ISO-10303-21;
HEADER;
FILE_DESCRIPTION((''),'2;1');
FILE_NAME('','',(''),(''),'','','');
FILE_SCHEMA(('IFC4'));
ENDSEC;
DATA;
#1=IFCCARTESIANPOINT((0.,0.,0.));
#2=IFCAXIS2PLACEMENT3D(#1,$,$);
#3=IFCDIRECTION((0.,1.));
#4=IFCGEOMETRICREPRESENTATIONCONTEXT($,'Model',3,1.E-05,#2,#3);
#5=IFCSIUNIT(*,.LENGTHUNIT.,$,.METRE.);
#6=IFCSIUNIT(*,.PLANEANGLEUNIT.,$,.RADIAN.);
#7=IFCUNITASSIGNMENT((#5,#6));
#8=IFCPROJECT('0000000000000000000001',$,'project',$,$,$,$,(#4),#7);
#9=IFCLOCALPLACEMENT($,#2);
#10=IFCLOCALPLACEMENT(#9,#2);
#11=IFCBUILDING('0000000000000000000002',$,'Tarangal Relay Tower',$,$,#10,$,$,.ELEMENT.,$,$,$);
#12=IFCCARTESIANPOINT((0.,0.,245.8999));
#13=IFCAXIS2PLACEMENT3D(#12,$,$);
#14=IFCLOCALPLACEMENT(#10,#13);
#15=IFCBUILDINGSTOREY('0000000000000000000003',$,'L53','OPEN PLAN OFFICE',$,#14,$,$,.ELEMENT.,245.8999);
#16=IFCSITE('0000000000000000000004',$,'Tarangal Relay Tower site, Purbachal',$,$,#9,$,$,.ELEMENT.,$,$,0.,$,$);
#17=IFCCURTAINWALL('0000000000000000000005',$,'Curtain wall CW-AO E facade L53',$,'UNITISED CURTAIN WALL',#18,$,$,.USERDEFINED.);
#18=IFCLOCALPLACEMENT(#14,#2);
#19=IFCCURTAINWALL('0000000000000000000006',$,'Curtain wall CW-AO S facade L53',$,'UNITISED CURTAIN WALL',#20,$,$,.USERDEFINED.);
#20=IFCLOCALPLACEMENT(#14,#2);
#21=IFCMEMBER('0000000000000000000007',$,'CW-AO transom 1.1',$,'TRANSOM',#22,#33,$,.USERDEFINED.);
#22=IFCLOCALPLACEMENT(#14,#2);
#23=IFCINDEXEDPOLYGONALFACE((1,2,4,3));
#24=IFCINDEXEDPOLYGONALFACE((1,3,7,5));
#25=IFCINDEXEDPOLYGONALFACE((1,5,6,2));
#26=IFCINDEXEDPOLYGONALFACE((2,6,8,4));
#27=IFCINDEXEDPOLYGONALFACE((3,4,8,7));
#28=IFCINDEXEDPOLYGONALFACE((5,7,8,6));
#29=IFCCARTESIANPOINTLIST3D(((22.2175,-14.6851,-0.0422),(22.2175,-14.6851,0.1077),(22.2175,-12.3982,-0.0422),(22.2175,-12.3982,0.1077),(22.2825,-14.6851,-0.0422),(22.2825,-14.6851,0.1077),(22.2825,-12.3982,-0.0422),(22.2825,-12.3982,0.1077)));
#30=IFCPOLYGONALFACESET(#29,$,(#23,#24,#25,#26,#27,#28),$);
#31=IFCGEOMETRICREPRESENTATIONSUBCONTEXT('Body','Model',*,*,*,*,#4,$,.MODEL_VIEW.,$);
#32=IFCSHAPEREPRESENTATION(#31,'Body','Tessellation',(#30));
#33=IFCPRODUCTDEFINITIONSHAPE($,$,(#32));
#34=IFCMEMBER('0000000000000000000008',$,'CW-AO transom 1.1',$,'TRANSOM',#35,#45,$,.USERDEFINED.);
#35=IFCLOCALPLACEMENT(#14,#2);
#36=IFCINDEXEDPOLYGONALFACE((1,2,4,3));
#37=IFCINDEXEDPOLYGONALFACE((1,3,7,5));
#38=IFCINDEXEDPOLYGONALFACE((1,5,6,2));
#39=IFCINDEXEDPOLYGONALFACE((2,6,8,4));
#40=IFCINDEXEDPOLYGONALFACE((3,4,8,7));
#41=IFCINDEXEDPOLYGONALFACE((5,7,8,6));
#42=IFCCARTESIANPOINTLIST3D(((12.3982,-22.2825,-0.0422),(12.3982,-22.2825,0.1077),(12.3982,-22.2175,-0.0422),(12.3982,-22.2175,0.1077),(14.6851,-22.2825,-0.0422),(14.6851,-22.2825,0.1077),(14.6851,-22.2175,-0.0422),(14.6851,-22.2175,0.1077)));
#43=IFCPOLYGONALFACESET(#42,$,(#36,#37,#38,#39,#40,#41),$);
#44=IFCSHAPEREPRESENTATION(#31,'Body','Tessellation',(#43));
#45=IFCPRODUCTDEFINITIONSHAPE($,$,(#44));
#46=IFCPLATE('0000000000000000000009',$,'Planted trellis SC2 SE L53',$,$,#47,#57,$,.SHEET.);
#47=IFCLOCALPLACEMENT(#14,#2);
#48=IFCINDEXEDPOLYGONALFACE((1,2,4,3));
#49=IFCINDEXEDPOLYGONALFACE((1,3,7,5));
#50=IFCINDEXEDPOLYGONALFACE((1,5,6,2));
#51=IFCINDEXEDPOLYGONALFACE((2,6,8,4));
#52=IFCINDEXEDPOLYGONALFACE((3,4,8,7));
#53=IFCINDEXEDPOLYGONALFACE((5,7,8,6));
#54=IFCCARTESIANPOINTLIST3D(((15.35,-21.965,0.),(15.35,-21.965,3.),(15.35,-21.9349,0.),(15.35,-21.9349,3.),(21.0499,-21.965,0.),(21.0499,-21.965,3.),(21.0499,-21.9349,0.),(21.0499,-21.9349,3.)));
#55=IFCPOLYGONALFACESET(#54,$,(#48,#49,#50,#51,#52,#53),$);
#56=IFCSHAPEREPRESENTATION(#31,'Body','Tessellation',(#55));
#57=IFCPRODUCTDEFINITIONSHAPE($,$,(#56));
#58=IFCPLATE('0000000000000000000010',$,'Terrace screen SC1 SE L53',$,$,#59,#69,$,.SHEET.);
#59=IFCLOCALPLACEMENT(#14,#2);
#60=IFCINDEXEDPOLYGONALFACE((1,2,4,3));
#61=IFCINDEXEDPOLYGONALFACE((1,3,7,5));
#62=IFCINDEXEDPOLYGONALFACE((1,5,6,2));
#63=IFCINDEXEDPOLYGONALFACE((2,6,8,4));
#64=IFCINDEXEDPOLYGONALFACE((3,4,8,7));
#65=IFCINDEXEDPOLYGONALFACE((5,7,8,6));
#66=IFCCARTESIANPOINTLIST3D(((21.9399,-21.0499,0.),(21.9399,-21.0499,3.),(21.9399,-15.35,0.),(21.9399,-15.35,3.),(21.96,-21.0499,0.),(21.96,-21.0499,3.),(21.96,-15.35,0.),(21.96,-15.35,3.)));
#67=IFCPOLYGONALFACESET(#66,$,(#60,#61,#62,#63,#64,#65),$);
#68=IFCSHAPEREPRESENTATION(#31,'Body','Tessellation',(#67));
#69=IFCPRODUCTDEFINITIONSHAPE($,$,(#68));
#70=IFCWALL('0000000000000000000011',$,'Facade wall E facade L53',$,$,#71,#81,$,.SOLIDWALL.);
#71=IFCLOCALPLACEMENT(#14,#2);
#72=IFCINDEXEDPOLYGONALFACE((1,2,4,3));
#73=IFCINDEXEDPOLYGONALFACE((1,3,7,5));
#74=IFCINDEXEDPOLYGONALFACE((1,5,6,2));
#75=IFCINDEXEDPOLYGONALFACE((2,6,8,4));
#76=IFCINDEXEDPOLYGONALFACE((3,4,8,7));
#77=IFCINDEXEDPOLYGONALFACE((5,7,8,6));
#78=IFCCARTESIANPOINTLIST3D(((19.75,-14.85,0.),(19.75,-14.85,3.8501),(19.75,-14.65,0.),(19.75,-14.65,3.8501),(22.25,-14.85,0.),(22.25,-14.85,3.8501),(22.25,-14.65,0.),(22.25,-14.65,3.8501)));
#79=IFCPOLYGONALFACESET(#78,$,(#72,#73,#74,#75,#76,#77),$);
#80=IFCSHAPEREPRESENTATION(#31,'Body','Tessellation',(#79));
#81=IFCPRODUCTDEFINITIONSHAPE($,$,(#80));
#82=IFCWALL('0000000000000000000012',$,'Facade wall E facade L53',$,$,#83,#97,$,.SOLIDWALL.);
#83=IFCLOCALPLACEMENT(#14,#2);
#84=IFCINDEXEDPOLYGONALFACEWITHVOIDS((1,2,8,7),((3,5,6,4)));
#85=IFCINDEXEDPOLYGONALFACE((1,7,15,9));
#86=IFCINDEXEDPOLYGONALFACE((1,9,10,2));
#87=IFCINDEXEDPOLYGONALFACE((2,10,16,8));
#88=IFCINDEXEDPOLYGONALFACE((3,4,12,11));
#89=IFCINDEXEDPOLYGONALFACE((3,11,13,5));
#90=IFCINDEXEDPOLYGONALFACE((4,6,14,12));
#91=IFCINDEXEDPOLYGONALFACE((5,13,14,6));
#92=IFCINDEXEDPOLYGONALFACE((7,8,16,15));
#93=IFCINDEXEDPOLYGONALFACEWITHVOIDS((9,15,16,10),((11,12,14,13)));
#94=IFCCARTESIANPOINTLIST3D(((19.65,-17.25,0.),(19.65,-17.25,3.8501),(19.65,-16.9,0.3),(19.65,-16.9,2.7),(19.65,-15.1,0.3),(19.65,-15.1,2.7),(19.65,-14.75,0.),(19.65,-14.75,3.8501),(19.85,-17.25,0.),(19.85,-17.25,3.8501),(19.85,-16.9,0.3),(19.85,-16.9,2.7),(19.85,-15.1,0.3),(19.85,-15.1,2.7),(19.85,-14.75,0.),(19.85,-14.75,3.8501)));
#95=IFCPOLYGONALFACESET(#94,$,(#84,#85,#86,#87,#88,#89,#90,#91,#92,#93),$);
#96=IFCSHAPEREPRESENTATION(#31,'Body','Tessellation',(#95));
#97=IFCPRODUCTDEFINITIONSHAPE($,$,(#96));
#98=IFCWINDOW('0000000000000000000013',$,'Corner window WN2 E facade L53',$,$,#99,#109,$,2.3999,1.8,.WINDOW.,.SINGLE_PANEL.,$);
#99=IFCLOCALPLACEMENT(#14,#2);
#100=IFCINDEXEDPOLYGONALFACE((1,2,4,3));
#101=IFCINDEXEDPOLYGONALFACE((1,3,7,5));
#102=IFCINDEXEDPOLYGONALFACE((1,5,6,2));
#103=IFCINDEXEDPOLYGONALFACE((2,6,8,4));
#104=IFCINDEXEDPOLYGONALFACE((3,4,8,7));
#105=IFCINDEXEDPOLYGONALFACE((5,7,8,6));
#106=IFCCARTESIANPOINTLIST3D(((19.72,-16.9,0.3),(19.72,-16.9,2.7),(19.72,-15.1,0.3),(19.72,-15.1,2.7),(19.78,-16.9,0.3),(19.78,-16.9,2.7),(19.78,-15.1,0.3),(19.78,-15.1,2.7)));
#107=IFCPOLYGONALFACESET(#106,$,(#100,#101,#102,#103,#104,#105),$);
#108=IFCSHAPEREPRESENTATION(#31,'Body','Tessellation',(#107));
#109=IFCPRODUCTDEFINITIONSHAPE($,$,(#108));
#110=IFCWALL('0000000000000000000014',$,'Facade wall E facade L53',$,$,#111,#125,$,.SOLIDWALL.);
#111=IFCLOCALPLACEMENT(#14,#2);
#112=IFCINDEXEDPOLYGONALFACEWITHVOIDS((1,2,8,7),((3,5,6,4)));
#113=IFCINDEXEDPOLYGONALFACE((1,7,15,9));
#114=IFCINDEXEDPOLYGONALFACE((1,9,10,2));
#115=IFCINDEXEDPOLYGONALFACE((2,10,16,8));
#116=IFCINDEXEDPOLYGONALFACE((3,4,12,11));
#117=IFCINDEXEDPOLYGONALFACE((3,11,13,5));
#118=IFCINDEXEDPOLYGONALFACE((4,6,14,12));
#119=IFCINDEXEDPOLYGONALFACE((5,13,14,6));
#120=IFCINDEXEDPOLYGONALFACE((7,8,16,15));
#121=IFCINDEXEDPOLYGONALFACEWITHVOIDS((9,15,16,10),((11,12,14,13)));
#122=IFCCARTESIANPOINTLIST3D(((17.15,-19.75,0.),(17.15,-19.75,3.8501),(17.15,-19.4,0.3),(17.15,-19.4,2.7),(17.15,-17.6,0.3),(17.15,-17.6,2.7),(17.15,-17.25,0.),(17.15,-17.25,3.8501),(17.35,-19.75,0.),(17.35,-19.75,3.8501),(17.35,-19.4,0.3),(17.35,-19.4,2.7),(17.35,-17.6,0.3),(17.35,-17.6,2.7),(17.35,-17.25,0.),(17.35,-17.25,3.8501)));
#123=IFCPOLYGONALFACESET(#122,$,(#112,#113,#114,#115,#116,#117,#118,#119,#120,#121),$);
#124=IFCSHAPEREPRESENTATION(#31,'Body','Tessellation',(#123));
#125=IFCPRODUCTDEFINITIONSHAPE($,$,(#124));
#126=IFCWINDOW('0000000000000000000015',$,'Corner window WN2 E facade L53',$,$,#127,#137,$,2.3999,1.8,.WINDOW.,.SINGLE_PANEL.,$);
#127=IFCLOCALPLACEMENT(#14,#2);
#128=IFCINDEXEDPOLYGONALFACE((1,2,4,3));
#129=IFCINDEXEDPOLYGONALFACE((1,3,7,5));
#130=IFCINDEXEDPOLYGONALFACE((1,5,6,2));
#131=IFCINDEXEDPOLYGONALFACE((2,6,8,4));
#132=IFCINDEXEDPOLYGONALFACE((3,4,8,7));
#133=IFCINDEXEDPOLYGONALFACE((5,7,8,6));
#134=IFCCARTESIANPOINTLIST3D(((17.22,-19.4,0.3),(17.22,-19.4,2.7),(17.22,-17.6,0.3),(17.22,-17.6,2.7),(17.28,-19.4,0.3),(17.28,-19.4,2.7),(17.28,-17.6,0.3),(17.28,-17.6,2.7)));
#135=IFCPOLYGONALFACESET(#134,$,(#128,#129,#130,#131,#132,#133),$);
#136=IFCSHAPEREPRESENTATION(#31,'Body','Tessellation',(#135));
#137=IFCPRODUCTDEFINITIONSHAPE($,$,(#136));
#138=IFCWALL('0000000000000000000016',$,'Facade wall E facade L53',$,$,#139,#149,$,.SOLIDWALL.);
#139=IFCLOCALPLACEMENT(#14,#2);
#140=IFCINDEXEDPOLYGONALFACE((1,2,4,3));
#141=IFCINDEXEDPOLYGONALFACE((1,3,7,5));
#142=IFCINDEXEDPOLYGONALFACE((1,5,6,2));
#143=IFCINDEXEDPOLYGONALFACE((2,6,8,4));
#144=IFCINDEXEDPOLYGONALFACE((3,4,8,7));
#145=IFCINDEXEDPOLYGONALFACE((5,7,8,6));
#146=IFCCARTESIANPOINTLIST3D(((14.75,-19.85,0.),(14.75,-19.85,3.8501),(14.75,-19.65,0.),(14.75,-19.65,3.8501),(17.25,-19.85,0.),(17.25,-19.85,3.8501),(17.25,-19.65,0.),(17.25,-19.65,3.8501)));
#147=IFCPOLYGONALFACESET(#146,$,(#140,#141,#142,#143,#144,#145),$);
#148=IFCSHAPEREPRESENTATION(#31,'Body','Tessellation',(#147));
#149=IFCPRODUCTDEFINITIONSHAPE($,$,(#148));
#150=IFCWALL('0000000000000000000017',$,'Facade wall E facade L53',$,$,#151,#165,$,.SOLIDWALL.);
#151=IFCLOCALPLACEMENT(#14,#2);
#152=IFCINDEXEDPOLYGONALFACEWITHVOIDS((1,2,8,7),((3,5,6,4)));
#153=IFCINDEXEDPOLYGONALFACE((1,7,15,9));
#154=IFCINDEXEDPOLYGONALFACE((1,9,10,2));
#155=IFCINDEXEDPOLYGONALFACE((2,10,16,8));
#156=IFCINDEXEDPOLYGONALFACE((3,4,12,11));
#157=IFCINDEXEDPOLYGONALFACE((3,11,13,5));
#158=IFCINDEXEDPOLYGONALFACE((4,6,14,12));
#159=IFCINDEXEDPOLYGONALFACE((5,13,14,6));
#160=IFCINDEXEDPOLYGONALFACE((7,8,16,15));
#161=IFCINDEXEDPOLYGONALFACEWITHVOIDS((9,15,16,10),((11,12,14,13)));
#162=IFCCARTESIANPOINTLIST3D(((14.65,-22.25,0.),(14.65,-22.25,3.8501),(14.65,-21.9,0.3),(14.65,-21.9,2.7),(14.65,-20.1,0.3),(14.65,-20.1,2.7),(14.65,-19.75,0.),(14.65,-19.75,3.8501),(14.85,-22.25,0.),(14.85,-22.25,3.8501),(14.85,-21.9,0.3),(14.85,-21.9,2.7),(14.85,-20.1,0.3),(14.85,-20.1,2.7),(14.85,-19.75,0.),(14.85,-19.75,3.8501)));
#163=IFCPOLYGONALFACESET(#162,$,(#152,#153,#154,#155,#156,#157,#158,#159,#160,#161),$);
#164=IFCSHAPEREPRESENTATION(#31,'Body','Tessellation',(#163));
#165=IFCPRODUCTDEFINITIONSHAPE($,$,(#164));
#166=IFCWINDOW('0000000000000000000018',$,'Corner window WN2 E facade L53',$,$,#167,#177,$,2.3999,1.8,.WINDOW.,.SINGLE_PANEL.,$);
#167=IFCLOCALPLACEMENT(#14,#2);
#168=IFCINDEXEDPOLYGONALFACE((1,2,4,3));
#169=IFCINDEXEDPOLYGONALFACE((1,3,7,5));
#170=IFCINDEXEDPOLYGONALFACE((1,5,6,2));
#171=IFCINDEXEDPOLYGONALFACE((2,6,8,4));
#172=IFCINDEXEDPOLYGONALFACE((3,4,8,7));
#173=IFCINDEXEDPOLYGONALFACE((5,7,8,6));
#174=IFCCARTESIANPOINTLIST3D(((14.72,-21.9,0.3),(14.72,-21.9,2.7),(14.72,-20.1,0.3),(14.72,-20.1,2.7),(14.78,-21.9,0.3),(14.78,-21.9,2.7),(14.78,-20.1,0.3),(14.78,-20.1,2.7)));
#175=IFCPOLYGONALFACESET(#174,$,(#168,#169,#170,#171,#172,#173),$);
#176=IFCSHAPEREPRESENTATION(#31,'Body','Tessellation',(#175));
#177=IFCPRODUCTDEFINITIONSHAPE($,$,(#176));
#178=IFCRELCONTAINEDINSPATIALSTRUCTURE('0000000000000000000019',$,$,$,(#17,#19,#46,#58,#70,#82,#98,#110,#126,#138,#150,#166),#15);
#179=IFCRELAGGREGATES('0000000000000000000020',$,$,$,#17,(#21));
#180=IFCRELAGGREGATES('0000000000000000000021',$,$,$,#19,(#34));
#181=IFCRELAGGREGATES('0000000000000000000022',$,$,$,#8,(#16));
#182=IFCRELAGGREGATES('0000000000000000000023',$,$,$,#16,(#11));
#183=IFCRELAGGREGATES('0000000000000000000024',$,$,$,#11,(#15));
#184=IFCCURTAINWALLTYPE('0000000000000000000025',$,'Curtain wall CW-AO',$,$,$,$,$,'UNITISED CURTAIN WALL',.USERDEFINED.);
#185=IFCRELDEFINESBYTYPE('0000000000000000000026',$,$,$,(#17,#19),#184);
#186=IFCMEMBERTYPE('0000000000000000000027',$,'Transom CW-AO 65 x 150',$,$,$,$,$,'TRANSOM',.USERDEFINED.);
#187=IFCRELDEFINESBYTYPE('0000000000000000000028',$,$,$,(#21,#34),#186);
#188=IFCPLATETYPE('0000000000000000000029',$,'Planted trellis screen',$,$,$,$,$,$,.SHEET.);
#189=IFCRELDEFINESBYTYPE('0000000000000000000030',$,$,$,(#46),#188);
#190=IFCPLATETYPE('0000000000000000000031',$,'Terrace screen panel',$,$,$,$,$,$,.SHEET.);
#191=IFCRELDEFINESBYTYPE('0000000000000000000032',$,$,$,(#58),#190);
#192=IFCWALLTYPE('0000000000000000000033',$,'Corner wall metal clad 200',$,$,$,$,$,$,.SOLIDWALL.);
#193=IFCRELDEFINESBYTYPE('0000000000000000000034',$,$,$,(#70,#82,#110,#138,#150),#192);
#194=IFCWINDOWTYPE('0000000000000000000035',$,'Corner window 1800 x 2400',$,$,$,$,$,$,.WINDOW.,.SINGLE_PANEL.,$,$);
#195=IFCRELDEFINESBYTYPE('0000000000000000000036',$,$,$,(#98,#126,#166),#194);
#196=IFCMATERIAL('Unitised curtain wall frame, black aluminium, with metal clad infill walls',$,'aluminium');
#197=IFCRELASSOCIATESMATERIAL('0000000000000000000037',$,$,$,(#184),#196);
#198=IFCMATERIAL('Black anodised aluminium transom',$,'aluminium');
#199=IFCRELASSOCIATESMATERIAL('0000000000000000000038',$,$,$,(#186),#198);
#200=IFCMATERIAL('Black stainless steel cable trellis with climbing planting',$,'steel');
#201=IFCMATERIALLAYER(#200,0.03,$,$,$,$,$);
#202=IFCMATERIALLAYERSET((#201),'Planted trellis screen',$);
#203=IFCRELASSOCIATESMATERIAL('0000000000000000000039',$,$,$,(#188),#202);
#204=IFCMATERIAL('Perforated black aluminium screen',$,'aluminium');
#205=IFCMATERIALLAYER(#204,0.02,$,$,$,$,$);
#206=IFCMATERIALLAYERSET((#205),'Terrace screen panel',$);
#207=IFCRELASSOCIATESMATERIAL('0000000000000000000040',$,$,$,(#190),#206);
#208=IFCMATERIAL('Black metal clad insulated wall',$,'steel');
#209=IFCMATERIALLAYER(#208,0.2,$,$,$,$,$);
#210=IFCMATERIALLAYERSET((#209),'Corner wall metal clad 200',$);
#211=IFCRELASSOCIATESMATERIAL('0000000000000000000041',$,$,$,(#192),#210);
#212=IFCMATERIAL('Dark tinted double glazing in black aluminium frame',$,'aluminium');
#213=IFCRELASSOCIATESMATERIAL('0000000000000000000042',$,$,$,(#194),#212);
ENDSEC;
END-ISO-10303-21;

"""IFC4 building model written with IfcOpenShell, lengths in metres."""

from ifc_helpers import new_model, si_unit, direction, frame, frame_2d, origin, origin_2d, place, context, subcontext, project, spatial, rectangle, extrude, material, layer, layer_set, material_profile, profile_set, type_object, element, fill, aggregate, save


model = new_model("IFC4")

# Units and contexts
model_context = context("Model", 3, precision=1e-05, world=origin(), true_north=direction((0.0, 1.0)))
body_context = subcontext(model_context, "Body", "Model", "MODEL_VIEW")
ifc_project = project(units=[si_unit("LENGTHUNIT", "METRE"), si_unit("PLANEANGLEUNIT", "RADIAN")], contexts=[model_context])

# Site, building, storey
site_placement = place(None, origin())
site = spatial("IfcSite", under=ifc_project, at=site_placement, Name="Tarangal Relay Tower site, Purbachal", CompositionType="ELEMENT", RefElevation=0.0)
building_placement = place(site_placement, origin())
building = spatial("IfcBuilding", under=site, at=building_placement, Name="Tarangal Relay Tower", CompositionType="ELEMENT")
storey_placement = place(building_placement, frame((0.0, 0.0, 245.8999)))
storey = spatial("IfcBuildingStorey", under=building, at=storey_placement, Name="L53", Description="OPEN PLAN OFFICE", CompositionType="ELEMENT", Elevation=245.8999)

# Curtain walls
ifc_material_1 = material(Name="Unitised curtain wall frame, black aluminium, with metal clad infill walls", Category="aluminium")
curtain_wall_type_1 = type_object("IfcCurtainWallType", Name="Curtain wall CW-AO", ElementType="UNITISED CURTAIN WALL", PredefinedType="USERDEFINED", material=ifc_material_1)
curtain_wall_1_placement = place(storey_placement, origin())
curtain_wall_1 = element("IfcCurtainWall", 1, at=curtain_wall_1_placement, inside=storey, type_object=curtain_wall_type_1, Name="Curtain wall CW-AO E facade L53", ObjectType="UNITISED CURTAIN WALL", PredefinedType="USERDEFINED")
curtain_wall_2_placement = place(storey_placement, origin())
curtain_wall_2 = element("IfcCurtainWall", 2, at=curtain_wall_2_placement, inside=storey, type_object=curtain_wall_type_1, Name="Curtain wall CW-AO S facade L53", ObjectType="UNITISED CURTAIN WALL", PredefinedType="USERDEFINED")

# Members
ifc_material_2 = material(Name="Black anodised aluminium transom", Category="aluminium")
ifc_material_profile_1 = material_profile(ifc_material_2, rectangle(XDim=0.0649, YDim=0.1499, at=origin_2d()), Name="CW-AOT 65X150")
ifc_profile_set_1 = profile_set([ifc_material_profile_1], Name="Black anodised aluminium transom")
member_type_1 = type_object("IfcMemberType", Name="Transom CW-AO 65 x 150", ElementType="TRANSOM", PredefinedType="USERDEFINED", material=ifc_profile_set_1)
member_1_placement = place(storey_placement, frame((22.25, -12.3982, 0.0327), z_axis=(0.0, -1.0, 0.0), x_axis=(1.0, 0.0, 0.0)))
member_1 = element("IfcMember", 3, at=member_1_placement, type_object=member_type_1, Name="CW-AO transom 1.1", ObjectType="TRANSOM", PredefinedType="USERDEFINED", context=body_context, shape_type="SweptSolid", body=[
    extrude(rectangle(XDim=0.0649, YDim=0.1499, at=origin_2d()), origin(), (0.0, 0.0, 1.0), 2.2869),
])
aggregate(curtain_wall_1, [member_1])
member_2_placement = place(storey_placement, frame((14.6851, -22.25, 0.0327), z_axis=(-1.0, 0.0, 0.0), x_axis=(0.0, -1.0, 0.0)))
member_2 = element("IfcMember", 4, at=member_2_placement, type_object=member_type_1, Name="CW-AO transom 1.1", ObjectType="TRANSOM", PredefinedType="USERDEFINED", context=body_context, shape_type="SweptSolid", body=[
    extrude(rectangle(XDim=0.0649, YDim=0.1499, at=origin_2d()), origin(), (0.0, 0.0, 1.0), 2.2869),
])
aggregate(curtain_wall_2, [member_2])

# Plates
ifc_material_3 = material(Name="Black stainless steel cable trellis with climbing planting", Category="steel")
ifc_layer_1 = layer(ifc_material_3, 0.03)
ifc_layer_set_1 = layer_set([ifc_layer_1], Name="Planted trellis screen")
plate_type_1 = type_object("IfcPlateType", Name="Planted trellis screen", PredefinedType="SHEET", material=ifc_layer_set_1)
plate_1_placement = place(storey_placement, frame((18.2, -21.95, 0.0), z_axis=(0.0, 0.0, 1.0), x_axis=(-1.0, 0.0, 0.0)))
element("IfcPlate", 5, at=plate_1_placement, inside=storey, type_object=plate_type_1, Name="Planted trellis SC2 SE L53", PredefinedType="SHEET", context=body_context, shape_type="SweptSolid", body=[
    extrude(rectangle(XDim=5.7, YDim=0.03, at=origin_2d()), origin(), (0.0, 0.0, 1.0), 3.0),
])
ifc_material_4 = material(Name="Perforated black aluminium screen", Category="aluminium")
ifc_layer_2 = layer(ifc_material_4, 0.02)
ifc_layer_set_2 = layer_set([ifc_layer_2], Name="Terrace screen panel")
plate_type_2 = type_object("IfcPlateType", Name="Terrace screen panel", PredefinedType="SHEET", material=ifc_layer_set_2)
plate_2_placement = place(storey_placement, frame((21.95, -18.2, 0.0), z_axis=(0.0, 0.0, 1.0), x_axis=(0.0, -1.0, 0.0)))
element("IfcPlate", 6, at=plate_2_placement, inside=storey, type_object=plate_type_2, Name="Terrace screen SC1 SE L53", PredefinedType="SHEET", context=body_context, shape_type="SweptSolid", body=[
    extrude(rectangle(XDim=5.7, YDim=0.02, at=origin_2d()), origin(), (0.0, 0.0, 1.0), 3.0),
])

# Wall
ifc_material_5 = material(Name="Black metal clad insulated wall", Category="steel")
ifc_layer_3 = layer(ifc_material_5, 0.2)
ifc_layer_set_3 = layer_set([ifc_layer_3], Name="Corner wall metal clad 200")
wall_type_1 = type_object("IfcWallType", Name="Corner wall metal clad 200", PredefinedType="SOLIDWALL", material=ifc_layer_set_3)
wall_1_placement = place(storey_placement, frame((22.25, -14.75, 0.0), z_axis=(0.0, 0.0, 1.0), x_axis=(-1.0, 0.0, 0.0)))
element("IfcWall", 7, at=wall_1_placement, inside=storey, type_object=wall_type_1, Name="Facade wall E facade L53", PredefinedType="SOLIDWALL", context=body_context, shape_type="SweptSolid", body=[
    extrude(rectangle(XDim=2.5, YDim=0.2, at=frame_2d((1.25, 0.0))), origin(), (0.0, 0.0, 1.0), 3.8501),
])

# Wall, opening, window
wall_2_placement = place(storey_placement, frame((19.75, -14.75, 0.0), z_axis=(0.0, 0.0, 1.0), x_axis=(0.0, -1.0, 0.0)))
wall_2 = element("IfcWall", 8, at=wall_2_placement, inside=storey, type_object=wall_type_1, Name="Facade wall E facade L53", PredefinedType="SOLIDWALL", context=body_context, shape_type="SweptSolid", body=[
    extrude(rectangle(XDim=2.5, YDim=0.2, at=frame_2d((1.25, 0.0))), origin(), (0.0, 0.0, 1.0), 3.8501),
])
opening_1_placement = place(wall_2_placement, frame((0.3501, 0.0, 0.3)))
opening_1 = element("IfcOpeningElement", 9, at=opening_1_placement, cuts=wall_2, PredefinedType="OPENING", context=body_context, shape_type="SweptSolid", body=[
    extrude(rectangle(XDim=1.8, YDim=2.3999, at=frame_2d((0.8999, 1.2))), frame((0.0, 0.1099, 0.0), z_axis=(0.0, -1.0, 0.0), x_axis=(1.0, 0.0, 0.0)), (0.0, 0.0, 1.0), 0.22),
])
ifc_material_6 = material(Name="Dark tinted double glazing in black aluminium frame", Category="aluminium")
window_type = type_object("IfcWindowType", Name="Corner window 1800 x 2400", PartitioningType="SINGLE_PANEL", PredefinedType="WINDOW", material=ifc_material_6)
window_1_placement = place(opening_1_placement, origin())
window_1 = element("IfcWindow", 10, at=window_1_placement, inside=storey, type_object=window_type, Name="Corner window WN2 E facade L53", OverallHeight=2.3999, OverallWidth=1.8, PartitioningType="SINGLE_PANEL", PredefinedType="WINDOW", context=body_context, shape_type="SweptSolid", body=[
    extrude(rectangle(XDim=1.8, YDim=2.3999, at=frame_2d((0.8999, 1.2))), frame((0.0, 0.03, 0.0), z_axis=(0.0, -1.0, 0.0), x_axis=(1.0, 0.0, 0.0)), (0.0, 0.0, 1.0), 0.0601),
])
fill(opening_1, window_1)

# Wall, opening, window
wall_3_placement = place(storey_placement, frame((17.25, -17.25, 0.0), z_axis=(0.0, 0.0, 1.0), x_axis=(0.0, -1.0, 0.0)))
wall_3 = element("IfcWall", 11, at=wall_3_placement, inside=storey, type_object=wall_type_1, Name="Facade wall E facade L53", PredefinedType="SOLIDWALL", context=body_context, shape_type="SweptSolid", body=[
    extrude(rectangle(XDim=2.5, YDim=0.2, at=frame_2d((1.25, 0.0))), origin(), (0.0, 0.0, 1.0), 3.8501),
])
opening_2_placement = place(wall_3_placement, frame((0.3501, 0.0, 0.3)))
opening_2 = element("IfcOpeningElement", 12, at=opening_2_placement, cuts=wall_3, PredefinedType="OPENING", context=body_context, shape_type="SweptSolid", body=[
    extrude(rectangle(XDim=1.8, YDim=2.3999, at=frame_2d((0.8999, 1.2))), frame((0.0, 0.1099, 0.0), z_axis=(0.0, -1.0, 0.0), x_axis=(1.0, 0.0, 0.0)), (0.0, 0.0, 1.0), 0.22),
])
window_2_placement = place(opening_2_placement, origin())
window_2 = element("IfcWindow", 13, at=window_2_placement, inside=storey, type_object=window_type, Name="Corner window WN2 E facade L53", OverallHeight=2.3999, OverallWidth=1.8, PartitioningType="SINGLE_PANEL", PredefinedType="WINDOW", context=body_context, shape_type="SweptSolid", body=[
    extrude(rectangle(XDim=1.8, YDim=2.3999, at=frame_2d((0.8999, 1.2))), frame((0.0, 0.03, 0.0), z_axis=(0.0, -1.0, 0.0), x_axis=(1.0, 0.0, 0.0)), (0.0, 0.0, 1.0), 0.0601),
])
fill(opening_2, window_2)

# Wall
wall_4_placement = place(storey_placement, frame((17.25, -19.75, 0.0), z_axis=(0.0, 0.0, 1.0), x_axis=(-1.0, 0.0, 0.0)))
element("IfcWall", 14, at=wall_4_placement, inside=storey, type_object=wall_type_1, Name="Facade wall E facade L53", PredefinedType="SOLIDWALL", context=body_context, shape_type="SweptSolid", body=[
    extrude(rectangle(XDim=2.5, YDim=0.2, at=frame_2d((1.25, 0.0))), origin(), (0.0, 0.0, 1.0), 3.8501),
])

# Wall, opening, window
wall_5_placement = place(storey_placement, frame((14.75, -19.75, 0.0), z_axis=(0.0, 0.0, 1.0), x_axis=(0.0, -1.0, 0.0)))
wall_5 = element("IfcWall", 15, at=wall_5_placement, inside=storey, type_object=wall_type_1, Name="Facade wall E facade L53", PredefinedType="SOLIDWALL", context=body_context, shape_type="SweptSolid", body=[
    extrude(rectangle(XDim=2.5, YDim=0.2, at=frame_2d((1.25, 0.0))), origin(), (0.0, 0.0, 1.0), 3.8501),
])
opening_3_placement = place(wall_5_placement, frame((0.3501, 0.0, 0.3)))
opening_3 = element("IfcOpeningElement", 16, at=opening_3_placement, cuts=wall_5, PredefinedType="OPENING", context=body_context, shape_type="SweptSolid", body=[
    extrude(rectangle(XDim=1.8, YDim=2.3999, at=frame_2d((0.8999, 1.2))), frame((0.0, 0.1099, 0.0), z_axis=(0.0, -1.0, 0.0), x_axis=(1.0, 0.0, 0.0)), (0.0, 0.0, 1.0), 0.22),
])
window_3_placement = place(opening_3_placement, origin())
window_3 = element("IfcWindow", 17, at=window_3_placement, inside=storey, type_object=window_type, Name="Corner window WN2 E facade L53", OverallHeight=2.3999, OverallWidth=1.8, PartitioningType="SINGLE_PANEL", PredefinedType="WINDOW", context=body_context, shape_type="SweptSolid", body=[
    extrude(rectangle(XDim=1.8, YDim=2.3999, at=frame_2d((0.8999, 1.2))), frame((0.0, 0.03, 0.0), z_axis=(0.0, -1.0, 0.0), x_axis=(1.0, 0.0, 0.0)), (0.0, 0.0, 1.0), 0.0601),
])
fill(opening_3, window_3)

save(model, "model.ifc")
